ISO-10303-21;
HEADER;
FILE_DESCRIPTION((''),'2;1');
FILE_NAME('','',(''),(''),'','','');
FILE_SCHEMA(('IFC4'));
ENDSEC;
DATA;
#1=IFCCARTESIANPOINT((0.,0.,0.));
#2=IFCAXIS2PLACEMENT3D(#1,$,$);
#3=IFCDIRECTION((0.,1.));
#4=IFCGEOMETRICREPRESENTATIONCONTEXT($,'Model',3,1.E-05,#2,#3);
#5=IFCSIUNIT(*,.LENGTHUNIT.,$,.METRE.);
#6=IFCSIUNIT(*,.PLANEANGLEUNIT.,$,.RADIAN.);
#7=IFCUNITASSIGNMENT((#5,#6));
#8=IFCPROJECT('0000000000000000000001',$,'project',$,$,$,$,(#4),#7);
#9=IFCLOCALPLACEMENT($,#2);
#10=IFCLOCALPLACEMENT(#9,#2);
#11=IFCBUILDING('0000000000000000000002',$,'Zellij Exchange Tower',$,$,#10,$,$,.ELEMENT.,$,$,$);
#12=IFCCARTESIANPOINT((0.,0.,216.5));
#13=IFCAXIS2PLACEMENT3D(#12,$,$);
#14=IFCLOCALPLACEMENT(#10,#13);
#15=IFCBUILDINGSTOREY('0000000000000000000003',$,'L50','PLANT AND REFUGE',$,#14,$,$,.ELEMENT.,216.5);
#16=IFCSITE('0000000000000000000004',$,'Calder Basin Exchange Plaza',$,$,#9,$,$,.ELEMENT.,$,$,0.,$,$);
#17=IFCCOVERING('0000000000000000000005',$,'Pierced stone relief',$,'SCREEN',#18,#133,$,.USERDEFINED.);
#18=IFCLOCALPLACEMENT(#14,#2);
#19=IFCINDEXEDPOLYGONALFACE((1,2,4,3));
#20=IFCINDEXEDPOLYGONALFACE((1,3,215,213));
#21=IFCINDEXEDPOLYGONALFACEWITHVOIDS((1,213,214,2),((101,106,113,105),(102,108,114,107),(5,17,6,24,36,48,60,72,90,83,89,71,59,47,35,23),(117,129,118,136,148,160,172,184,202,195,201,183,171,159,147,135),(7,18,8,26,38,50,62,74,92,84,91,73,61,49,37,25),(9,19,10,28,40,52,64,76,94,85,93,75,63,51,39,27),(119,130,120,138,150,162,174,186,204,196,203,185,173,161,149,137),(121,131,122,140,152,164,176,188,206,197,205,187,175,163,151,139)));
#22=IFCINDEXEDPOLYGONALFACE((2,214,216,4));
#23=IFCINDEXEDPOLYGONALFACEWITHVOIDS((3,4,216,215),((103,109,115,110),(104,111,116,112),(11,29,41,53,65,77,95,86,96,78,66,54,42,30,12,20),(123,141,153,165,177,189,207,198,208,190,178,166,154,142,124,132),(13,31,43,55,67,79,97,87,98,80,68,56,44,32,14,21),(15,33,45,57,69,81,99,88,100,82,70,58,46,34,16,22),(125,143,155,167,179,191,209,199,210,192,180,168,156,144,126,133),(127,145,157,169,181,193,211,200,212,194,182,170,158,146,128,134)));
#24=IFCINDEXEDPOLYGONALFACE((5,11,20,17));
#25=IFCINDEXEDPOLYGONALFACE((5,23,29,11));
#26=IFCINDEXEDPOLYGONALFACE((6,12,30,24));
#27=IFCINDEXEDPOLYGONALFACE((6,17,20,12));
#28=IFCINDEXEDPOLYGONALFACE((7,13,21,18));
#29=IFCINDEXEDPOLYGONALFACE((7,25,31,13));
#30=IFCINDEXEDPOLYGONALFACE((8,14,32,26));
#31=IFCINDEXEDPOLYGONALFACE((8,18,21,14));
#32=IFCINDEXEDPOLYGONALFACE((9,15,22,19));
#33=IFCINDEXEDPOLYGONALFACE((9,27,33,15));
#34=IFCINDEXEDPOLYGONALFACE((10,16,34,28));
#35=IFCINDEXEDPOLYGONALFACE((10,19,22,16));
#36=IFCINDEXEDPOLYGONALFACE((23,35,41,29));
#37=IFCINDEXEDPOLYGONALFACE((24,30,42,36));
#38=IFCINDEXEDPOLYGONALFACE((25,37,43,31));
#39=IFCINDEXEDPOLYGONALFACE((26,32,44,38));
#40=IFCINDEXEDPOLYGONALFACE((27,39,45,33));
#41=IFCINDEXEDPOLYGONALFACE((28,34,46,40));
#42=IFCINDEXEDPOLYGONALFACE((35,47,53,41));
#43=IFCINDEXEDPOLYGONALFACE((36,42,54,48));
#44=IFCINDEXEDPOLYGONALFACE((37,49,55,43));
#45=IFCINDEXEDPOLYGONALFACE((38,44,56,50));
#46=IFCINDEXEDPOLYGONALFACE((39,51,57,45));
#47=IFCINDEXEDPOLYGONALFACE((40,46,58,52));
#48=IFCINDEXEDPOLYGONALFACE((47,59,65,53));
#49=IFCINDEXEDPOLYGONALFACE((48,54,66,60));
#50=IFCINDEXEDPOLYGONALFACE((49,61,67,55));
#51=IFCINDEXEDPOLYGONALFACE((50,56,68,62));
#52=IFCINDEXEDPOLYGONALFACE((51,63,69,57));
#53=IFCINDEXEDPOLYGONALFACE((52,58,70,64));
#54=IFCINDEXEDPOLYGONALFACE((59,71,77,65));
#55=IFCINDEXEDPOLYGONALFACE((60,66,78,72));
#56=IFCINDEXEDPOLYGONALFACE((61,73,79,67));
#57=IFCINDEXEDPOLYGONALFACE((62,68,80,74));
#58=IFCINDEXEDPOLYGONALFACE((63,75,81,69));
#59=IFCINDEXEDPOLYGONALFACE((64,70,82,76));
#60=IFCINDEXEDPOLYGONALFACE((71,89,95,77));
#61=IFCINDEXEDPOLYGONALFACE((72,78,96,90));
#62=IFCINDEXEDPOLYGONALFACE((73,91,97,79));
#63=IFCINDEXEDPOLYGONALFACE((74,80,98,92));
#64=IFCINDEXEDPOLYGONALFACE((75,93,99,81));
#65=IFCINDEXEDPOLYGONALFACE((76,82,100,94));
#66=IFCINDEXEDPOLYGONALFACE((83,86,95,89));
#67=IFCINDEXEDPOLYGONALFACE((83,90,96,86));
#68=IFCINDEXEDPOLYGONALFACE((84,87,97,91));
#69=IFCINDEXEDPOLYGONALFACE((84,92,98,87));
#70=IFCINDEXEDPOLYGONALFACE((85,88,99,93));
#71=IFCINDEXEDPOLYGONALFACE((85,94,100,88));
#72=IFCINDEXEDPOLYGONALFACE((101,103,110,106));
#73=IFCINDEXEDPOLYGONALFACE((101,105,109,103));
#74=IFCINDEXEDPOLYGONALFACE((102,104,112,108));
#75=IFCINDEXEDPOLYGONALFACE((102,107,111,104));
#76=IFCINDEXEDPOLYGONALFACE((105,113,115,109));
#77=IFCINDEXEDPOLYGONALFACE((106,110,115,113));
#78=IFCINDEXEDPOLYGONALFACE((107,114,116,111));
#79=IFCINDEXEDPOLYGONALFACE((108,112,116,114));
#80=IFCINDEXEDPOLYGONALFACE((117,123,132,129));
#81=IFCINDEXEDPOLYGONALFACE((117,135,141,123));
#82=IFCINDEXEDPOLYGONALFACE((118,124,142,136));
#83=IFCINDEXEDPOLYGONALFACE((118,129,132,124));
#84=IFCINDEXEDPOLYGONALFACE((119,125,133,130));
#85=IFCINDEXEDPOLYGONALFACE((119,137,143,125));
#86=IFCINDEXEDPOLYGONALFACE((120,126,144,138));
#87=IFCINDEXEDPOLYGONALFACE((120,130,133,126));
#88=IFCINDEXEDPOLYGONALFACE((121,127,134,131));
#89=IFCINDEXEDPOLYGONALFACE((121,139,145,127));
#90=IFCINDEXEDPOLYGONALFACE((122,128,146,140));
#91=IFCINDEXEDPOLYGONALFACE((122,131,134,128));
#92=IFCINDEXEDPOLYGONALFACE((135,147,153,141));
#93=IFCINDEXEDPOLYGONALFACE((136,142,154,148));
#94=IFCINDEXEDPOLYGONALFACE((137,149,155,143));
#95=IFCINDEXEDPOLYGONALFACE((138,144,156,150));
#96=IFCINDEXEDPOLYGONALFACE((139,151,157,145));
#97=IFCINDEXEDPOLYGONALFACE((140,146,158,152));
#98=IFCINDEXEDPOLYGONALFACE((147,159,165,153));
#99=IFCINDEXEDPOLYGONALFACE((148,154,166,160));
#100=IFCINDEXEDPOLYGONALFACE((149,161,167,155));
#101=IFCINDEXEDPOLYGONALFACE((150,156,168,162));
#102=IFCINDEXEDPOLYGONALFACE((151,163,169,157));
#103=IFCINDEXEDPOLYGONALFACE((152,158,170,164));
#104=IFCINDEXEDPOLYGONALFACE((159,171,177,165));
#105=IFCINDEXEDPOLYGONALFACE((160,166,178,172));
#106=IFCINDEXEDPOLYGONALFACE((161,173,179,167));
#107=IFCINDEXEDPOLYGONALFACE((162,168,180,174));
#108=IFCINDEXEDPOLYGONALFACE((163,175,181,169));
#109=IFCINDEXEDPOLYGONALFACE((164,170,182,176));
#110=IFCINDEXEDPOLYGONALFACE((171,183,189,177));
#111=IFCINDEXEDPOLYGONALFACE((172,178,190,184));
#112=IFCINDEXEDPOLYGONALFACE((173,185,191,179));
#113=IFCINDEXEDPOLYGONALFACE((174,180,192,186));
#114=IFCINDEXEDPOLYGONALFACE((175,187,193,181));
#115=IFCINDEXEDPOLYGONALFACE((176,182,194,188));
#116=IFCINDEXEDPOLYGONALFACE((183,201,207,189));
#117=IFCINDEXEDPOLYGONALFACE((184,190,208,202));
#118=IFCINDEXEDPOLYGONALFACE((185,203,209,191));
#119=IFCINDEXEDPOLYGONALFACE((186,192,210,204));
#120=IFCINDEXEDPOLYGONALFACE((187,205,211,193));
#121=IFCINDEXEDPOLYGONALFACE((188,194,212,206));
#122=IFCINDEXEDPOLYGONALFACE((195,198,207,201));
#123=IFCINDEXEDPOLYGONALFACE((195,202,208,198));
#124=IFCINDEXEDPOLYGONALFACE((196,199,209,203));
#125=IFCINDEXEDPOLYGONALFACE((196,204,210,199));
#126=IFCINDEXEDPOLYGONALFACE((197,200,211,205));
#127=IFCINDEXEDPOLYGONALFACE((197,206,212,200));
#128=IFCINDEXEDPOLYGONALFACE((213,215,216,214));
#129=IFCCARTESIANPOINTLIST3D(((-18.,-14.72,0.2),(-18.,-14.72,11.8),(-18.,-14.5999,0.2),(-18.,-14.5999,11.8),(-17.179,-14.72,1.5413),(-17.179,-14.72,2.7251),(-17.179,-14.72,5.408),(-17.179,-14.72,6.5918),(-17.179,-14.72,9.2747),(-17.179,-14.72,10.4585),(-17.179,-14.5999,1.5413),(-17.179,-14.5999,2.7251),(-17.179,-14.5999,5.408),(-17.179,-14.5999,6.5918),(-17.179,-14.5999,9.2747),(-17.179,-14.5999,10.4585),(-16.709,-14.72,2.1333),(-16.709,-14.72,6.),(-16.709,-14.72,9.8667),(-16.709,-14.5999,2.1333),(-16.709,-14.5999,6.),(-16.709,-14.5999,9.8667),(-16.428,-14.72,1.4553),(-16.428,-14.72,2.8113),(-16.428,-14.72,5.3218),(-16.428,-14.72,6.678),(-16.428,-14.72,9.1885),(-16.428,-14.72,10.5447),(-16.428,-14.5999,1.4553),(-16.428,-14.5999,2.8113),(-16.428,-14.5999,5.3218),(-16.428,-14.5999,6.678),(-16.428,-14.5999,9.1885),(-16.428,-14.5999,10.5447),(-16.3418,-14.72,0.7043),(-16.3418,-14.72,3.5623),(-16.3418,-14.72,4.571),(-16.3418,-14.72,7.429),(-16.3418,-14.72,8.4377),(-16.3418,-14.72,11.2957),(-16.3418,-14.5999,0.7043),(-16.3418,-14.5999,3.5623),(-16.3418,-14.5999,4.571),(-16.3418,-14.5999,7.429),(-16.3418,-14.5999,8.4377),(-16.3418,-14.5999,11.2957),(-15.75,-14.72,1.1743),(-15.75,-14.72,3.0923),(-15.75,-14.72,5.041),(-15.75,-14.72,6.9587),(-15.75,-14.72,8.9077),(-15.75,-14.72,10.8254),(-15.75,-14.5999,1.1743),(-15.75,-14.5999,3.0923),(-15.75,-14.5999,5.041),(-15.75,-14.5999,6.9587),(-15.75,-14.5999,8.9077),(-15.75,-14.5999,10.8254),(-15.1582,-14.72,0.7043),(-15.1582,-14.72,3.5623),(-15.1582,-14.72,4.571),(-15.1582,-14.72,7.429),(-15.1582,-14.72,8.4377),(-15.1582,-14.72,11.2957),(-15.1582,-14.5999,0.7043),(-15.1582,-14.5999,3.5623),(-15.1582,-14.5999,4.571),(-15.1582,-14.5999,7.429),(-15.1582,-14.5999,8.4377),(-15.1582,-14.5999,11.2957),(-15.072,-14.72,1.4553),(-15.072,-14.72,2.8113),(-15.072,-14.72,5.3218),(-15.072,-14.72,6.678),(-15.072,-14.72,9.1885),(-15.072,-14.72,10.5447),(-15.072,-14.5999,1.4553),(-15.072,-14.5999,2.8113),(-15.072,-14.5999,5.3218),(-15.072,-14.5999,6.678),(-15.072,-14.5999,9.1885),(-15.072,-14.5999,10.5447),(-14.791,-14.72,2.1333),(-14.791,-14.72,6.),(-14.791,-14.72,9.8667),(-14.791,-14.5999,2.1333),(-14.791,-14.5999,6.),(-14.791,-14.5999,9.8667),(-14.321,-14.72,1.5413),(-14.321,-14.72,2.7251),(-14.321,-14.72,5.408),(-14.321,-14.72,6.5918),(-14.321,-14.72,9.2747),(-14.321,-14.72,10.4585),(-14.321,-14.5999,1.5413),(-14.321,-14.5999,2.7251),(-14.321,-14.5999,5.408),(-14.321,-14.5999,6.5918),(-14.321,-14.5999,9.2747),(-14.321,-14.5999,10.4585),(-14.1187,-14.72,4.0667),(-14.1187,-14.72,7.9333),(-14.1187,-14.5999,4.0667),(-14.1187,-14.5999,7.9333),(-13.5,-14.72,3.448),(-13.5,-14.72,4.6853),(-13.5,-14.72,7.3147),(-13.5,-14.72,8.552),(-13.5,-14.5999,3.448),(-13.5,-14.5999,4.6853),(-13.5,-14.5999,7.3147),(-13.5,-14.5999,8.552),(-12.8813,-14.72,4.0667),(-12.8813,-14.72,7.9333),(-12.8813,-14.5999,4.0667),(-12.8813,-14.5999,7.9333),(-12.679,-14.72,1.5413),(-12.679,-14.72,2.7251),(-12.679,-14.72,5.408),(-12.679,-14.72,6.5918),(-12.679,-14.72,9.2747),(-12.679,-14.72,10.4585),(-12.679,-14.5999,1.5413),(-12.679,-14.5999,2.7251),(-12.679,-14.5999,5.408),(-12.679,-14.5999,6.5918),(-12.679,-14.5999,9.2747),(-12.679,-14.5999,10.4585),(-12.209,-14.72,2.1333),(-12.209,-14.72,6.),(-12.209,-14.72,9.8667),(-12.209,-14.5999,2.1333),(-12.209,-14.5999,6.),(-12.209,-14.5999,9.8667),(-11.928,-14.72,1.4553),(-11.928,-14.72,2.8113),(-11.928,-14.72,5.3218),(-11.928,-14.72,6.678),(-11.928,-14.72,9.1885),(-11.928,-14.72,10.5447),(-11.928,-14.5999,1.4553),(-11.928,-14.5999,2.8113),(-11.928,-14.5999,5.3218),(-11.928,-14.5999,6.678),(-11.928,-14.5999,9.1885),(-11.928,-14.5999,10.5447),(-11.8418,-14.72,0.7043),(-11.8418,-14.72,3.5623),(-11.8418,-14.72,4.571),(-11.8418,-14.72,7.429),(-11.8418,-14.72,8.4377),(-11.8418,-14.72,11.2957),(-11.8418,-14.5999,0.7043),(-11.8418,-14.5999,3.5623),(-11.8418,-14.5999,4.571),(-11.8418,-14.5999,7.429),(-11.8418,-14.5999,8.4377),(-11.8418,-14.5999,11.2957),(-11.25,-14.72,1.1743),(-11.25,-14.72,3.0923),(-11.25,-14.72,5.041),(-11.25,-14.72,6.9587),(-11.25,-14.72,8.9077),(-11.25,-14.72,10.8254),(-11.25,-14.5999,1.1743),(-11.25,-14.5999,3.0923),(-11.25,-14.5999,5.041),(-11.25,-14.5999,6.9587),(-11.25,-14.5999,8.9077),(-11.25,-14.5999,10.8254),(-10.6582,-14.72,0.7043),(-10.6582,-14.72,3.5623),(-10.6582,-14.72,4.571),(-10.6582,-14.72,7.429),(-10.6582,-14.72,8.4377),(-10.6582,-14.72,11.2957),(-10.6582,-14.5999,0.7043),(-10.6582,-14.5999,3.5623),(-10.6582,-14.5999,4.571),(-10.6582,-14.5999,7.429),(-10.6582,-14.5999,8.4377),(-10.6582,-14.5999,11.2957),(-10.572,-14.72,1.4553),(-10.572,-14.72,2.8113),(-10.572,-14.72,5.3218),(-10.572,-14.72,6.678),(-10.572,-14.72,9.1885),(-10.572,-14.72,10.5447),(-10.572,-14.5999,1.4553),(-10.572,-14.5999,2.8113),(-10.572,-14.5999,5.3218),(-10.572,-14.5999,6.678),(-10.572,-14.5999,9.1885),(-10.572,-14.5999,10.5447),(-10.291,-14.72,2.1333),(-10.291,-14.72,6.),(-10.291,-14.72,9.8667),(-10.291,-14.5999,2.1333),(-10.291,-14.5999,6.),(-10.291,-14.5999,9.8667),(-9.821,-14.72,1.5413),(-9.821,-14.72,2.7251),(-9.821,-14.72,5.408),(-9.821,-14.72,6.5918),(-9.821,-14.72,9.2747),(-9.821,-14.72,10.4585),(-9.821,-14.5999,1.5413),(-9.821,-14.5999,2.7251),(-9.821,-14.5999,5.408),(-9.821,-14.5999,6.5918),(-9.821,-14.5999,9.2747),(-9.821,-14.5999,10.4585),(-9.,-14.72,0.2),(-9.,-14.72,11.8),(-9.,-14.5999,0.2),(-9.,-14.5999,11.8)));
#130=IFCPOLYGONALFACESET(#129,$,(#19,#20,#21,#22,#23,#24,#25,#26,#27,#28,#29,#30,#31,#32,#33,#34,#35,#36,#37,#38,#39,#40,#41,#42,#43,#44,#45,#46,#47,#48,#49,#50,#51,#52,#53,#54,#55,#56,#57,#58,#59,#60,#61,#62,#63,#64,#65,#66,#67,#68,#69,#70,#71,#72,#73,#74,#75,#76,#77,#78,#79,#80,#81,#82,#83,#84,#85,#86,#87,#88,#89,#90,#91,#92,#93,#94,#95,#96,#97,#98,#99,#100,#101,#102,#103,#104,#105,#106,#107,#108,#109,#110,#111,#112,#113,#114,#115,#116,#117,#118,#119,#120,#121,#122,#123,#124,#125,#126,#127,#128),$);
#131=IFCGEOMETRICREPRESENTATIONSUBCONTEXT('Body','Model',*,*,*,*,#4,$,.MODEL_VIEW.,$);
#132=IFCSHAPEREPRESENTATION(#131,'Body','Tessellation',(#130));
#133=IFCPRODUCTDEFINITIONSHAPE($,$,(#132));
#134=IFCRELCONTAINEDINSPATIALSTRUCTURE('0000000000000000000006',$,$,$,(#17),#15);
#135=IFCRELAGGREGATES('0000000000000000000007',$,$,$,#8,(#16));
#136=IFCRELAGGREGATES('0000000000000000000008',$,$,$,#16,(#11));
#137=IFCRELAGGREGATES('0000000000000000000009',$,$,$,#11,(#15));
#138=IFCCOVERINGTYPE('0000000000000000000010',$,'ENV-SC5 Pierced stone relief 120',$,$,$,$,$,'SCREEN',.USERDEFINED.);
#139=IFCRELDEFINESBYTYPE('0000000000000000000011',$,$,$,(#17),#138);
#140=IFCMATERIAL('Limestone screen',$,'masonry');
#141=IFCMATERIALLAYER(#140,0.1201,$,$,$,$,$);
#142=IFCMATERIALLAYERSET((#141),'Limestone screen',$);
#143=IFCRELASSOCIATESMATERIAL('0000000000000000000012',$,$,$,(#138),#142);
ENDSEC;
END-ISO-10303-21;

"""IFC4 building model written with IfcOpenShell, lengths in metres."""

from ifc_helpers import new_model, si_unit, direction, frame, origin, place, context, subcontext, project, spatial, polyline, outline, extrude, material, layer, layer_set, type_object, element, save


model = new_model("IFC4")

# Units and contexts
model_context = context("Model", 3, precision=1e-05, world=origin(), true_north=direction((0.0, 1.0)))
body_context = subcontext(model_context, "Body", "Model", "MODEL_VIEW")
ifc_project = project(units=[si_unit("LENGTHUNIT", "METRE"), si_unit("PLANEANGLEUNIT", "RADIAN")], contexts=[model_context])

# Site, building, storey
site_placement = place(None, origin())
site = spatial("IfcSite", under=ifc_project, at=site_placement, Name="Calder Basin Exchange Plaza", CompositionType="ELEMENT", RefElevation=0.0)
building_placement = place(site_placement, origin())
building = spatial("IfcBuilding", under=site, at=building_placement, Name="Zellij Exchange Tower", CompositionType="ELEMENT")
storey_placement = place(building_placement, frame((0.0, 0.0, 216.5)))
storey = spatial("IfcBuildingStorey", under=building, at=storey_placement, Name="L50", Description="PLANT AND REFUGE", CompositionType="ELEMENT", Elevation=216.5)

# Covering
ifc_material_1 = material(Name="Limestone screen", Category="masonry")
ifc_layer_1 = layer(ifc_material_1, 0.1201)
ifc_layer_set_1 = layer_set([ifc_layer_1], Name="Limestone screen")
covering_type = type_object("IfcCoveringType", Name="ENV-SC5 Pierced stone relief 120", ElementType="SCREEN", PredefinedType="USERDEFINED", material=ifc_layer_set_1)
covering_1_placement = place(storey_placement, frame((-18.0, -14.6599, 0.2), z_axis=(0.0, 0.0, 1.0), x_axis=(1.0, 0.0, 0.0)))
element("IfcCovering", 1, at=covering_1_placement, inside=storey, type_object=covering_type, Name="Pierced stone relief", ObjectType="SCREEN", PredefinedType="USERDEFINED", context=body_context, shape_type="SweptSolid", body=[
    extrude(outline(polyline([(0.0, 0.0), (9.0, 0.0), (9.0, 11.6001), (0.0, 11.6001), (0.0, 0.0)]), holes=[polyline([(3.679, 2.5251), (2.928, 2.6113), (2.8418, 3.3623), (2.25, 2.8923), (1.6582, 3.3623), (1.572, 2.6113), (0.821, 2.5251), (1.291, 1.9333), (0.821, 1.3413), (1.572, 1.2554), (1.6582, 0.5044), (2.25, 0.9744), (2.8418, 0.5044), (2.928, 1.2554), (3.679, 1.3413), (3.209, 1.9333), (3.679, 2.5251)]), polyline([(3.679, 6.3918), (2.928, 6.478), (2.8418, 7.229), (2.25, 6.7588), (1.6582, 7.229), (1.572, 6.478), (0.821, 6.3918), (1.291, 5.8), (0.821, 5.208), (1.572, 5.1218), (1.6582, 4.3711), (2.25, 4.8411), (2.8418, 4.3711), (2.928, 5.1218), (3.679, 5.208), (3.209, 5.8), (3.679, 6.3918)]), polyline([(3.679, 10.2585), (2.928, 10.3447), (2.8418, 11.0957), (2.25, 10.6255), (1.6582, 11.0957), (1.572, 10.3447), (0.821, 10.2585), (1.291, 9.6667), (0.821, 9.0747), (1.572, 8.9885), (1.6582, 8.2378), (2.25, 8.7078), (2.8418, 8.2378), (2.928, 8.9885), (3.679, 9.0747), (3.209, 9.6667), (3.679, 10.2585)]), polyline([(8.179, 2.5251), (7.428, 2.6113), (7.3418, 3.3623), (6.75, 2.8923), (6.1582, 3.3623), (6.072, 2.6113), (5.321, 2.5251), (5.791, 1.9333), (5.321, 1.3413), (6.072, 1.2554), (6.1582, 0.5044), (6.75, 0.9744), (7.3418, 0.5044), (7.428, 1.2554), (8.179, 1.3413), (7.709, 1.9333), (8.179, 2.5251)]), polyline([(8.179, 6.3918), (7.428, 6.478), (7.3418, 7.229), (6.75, 6.7588), (6.1582, 7.229), (6.072, 6.478), (5.321, 6.3918), (5.791, 5.8), (5.321, 5.208), (6.072, 5.1218), (6.1582, 4.3711), (6.75, 4.8411), (7.3418, 4.3711), (7.428, 5.1218), (8.179, 5.208), (7.709, 5.8), (8.179, 6.3918)]), polyline([(8.179, 10.2585), (7.428, 10.3447), (7.3418, 11.0957), (6.75, 10.6255), (6.1582, 11.0957), (6.072, 10.3447), (5.321, 10.2585), (5.791, 9.6667), (5.321, 9.0747), (6.072, 8.9885), (6.1582, 8.2378), (6.75, 8.7078), (7.3418, 8.2378), (7.428, 8.9885), (8.179, 9.0747), (7.709, 9.6667), (8.179, 10.2585)]), polyline([(5.1187, 3.8667), (4.5, 4.4854), (3.8813, 3.8667), (4.5, 3.248), (5.1187, 3.8667)]), polyline([(5.1187, 7.7334), (4.5, 8.3521), (3.8813, 7.7334), (4.5, 7.1147), (5.1187, 7.7334)])]), frame((0.0, 0.0601, 0.0), z_axis=(0.0, -1.0, 0.0), x_axis=(1.0, 0.0, 0.0)), (0.0, 0.0, 1.0), 0.1201),
])

save(model, "model.ifc")
